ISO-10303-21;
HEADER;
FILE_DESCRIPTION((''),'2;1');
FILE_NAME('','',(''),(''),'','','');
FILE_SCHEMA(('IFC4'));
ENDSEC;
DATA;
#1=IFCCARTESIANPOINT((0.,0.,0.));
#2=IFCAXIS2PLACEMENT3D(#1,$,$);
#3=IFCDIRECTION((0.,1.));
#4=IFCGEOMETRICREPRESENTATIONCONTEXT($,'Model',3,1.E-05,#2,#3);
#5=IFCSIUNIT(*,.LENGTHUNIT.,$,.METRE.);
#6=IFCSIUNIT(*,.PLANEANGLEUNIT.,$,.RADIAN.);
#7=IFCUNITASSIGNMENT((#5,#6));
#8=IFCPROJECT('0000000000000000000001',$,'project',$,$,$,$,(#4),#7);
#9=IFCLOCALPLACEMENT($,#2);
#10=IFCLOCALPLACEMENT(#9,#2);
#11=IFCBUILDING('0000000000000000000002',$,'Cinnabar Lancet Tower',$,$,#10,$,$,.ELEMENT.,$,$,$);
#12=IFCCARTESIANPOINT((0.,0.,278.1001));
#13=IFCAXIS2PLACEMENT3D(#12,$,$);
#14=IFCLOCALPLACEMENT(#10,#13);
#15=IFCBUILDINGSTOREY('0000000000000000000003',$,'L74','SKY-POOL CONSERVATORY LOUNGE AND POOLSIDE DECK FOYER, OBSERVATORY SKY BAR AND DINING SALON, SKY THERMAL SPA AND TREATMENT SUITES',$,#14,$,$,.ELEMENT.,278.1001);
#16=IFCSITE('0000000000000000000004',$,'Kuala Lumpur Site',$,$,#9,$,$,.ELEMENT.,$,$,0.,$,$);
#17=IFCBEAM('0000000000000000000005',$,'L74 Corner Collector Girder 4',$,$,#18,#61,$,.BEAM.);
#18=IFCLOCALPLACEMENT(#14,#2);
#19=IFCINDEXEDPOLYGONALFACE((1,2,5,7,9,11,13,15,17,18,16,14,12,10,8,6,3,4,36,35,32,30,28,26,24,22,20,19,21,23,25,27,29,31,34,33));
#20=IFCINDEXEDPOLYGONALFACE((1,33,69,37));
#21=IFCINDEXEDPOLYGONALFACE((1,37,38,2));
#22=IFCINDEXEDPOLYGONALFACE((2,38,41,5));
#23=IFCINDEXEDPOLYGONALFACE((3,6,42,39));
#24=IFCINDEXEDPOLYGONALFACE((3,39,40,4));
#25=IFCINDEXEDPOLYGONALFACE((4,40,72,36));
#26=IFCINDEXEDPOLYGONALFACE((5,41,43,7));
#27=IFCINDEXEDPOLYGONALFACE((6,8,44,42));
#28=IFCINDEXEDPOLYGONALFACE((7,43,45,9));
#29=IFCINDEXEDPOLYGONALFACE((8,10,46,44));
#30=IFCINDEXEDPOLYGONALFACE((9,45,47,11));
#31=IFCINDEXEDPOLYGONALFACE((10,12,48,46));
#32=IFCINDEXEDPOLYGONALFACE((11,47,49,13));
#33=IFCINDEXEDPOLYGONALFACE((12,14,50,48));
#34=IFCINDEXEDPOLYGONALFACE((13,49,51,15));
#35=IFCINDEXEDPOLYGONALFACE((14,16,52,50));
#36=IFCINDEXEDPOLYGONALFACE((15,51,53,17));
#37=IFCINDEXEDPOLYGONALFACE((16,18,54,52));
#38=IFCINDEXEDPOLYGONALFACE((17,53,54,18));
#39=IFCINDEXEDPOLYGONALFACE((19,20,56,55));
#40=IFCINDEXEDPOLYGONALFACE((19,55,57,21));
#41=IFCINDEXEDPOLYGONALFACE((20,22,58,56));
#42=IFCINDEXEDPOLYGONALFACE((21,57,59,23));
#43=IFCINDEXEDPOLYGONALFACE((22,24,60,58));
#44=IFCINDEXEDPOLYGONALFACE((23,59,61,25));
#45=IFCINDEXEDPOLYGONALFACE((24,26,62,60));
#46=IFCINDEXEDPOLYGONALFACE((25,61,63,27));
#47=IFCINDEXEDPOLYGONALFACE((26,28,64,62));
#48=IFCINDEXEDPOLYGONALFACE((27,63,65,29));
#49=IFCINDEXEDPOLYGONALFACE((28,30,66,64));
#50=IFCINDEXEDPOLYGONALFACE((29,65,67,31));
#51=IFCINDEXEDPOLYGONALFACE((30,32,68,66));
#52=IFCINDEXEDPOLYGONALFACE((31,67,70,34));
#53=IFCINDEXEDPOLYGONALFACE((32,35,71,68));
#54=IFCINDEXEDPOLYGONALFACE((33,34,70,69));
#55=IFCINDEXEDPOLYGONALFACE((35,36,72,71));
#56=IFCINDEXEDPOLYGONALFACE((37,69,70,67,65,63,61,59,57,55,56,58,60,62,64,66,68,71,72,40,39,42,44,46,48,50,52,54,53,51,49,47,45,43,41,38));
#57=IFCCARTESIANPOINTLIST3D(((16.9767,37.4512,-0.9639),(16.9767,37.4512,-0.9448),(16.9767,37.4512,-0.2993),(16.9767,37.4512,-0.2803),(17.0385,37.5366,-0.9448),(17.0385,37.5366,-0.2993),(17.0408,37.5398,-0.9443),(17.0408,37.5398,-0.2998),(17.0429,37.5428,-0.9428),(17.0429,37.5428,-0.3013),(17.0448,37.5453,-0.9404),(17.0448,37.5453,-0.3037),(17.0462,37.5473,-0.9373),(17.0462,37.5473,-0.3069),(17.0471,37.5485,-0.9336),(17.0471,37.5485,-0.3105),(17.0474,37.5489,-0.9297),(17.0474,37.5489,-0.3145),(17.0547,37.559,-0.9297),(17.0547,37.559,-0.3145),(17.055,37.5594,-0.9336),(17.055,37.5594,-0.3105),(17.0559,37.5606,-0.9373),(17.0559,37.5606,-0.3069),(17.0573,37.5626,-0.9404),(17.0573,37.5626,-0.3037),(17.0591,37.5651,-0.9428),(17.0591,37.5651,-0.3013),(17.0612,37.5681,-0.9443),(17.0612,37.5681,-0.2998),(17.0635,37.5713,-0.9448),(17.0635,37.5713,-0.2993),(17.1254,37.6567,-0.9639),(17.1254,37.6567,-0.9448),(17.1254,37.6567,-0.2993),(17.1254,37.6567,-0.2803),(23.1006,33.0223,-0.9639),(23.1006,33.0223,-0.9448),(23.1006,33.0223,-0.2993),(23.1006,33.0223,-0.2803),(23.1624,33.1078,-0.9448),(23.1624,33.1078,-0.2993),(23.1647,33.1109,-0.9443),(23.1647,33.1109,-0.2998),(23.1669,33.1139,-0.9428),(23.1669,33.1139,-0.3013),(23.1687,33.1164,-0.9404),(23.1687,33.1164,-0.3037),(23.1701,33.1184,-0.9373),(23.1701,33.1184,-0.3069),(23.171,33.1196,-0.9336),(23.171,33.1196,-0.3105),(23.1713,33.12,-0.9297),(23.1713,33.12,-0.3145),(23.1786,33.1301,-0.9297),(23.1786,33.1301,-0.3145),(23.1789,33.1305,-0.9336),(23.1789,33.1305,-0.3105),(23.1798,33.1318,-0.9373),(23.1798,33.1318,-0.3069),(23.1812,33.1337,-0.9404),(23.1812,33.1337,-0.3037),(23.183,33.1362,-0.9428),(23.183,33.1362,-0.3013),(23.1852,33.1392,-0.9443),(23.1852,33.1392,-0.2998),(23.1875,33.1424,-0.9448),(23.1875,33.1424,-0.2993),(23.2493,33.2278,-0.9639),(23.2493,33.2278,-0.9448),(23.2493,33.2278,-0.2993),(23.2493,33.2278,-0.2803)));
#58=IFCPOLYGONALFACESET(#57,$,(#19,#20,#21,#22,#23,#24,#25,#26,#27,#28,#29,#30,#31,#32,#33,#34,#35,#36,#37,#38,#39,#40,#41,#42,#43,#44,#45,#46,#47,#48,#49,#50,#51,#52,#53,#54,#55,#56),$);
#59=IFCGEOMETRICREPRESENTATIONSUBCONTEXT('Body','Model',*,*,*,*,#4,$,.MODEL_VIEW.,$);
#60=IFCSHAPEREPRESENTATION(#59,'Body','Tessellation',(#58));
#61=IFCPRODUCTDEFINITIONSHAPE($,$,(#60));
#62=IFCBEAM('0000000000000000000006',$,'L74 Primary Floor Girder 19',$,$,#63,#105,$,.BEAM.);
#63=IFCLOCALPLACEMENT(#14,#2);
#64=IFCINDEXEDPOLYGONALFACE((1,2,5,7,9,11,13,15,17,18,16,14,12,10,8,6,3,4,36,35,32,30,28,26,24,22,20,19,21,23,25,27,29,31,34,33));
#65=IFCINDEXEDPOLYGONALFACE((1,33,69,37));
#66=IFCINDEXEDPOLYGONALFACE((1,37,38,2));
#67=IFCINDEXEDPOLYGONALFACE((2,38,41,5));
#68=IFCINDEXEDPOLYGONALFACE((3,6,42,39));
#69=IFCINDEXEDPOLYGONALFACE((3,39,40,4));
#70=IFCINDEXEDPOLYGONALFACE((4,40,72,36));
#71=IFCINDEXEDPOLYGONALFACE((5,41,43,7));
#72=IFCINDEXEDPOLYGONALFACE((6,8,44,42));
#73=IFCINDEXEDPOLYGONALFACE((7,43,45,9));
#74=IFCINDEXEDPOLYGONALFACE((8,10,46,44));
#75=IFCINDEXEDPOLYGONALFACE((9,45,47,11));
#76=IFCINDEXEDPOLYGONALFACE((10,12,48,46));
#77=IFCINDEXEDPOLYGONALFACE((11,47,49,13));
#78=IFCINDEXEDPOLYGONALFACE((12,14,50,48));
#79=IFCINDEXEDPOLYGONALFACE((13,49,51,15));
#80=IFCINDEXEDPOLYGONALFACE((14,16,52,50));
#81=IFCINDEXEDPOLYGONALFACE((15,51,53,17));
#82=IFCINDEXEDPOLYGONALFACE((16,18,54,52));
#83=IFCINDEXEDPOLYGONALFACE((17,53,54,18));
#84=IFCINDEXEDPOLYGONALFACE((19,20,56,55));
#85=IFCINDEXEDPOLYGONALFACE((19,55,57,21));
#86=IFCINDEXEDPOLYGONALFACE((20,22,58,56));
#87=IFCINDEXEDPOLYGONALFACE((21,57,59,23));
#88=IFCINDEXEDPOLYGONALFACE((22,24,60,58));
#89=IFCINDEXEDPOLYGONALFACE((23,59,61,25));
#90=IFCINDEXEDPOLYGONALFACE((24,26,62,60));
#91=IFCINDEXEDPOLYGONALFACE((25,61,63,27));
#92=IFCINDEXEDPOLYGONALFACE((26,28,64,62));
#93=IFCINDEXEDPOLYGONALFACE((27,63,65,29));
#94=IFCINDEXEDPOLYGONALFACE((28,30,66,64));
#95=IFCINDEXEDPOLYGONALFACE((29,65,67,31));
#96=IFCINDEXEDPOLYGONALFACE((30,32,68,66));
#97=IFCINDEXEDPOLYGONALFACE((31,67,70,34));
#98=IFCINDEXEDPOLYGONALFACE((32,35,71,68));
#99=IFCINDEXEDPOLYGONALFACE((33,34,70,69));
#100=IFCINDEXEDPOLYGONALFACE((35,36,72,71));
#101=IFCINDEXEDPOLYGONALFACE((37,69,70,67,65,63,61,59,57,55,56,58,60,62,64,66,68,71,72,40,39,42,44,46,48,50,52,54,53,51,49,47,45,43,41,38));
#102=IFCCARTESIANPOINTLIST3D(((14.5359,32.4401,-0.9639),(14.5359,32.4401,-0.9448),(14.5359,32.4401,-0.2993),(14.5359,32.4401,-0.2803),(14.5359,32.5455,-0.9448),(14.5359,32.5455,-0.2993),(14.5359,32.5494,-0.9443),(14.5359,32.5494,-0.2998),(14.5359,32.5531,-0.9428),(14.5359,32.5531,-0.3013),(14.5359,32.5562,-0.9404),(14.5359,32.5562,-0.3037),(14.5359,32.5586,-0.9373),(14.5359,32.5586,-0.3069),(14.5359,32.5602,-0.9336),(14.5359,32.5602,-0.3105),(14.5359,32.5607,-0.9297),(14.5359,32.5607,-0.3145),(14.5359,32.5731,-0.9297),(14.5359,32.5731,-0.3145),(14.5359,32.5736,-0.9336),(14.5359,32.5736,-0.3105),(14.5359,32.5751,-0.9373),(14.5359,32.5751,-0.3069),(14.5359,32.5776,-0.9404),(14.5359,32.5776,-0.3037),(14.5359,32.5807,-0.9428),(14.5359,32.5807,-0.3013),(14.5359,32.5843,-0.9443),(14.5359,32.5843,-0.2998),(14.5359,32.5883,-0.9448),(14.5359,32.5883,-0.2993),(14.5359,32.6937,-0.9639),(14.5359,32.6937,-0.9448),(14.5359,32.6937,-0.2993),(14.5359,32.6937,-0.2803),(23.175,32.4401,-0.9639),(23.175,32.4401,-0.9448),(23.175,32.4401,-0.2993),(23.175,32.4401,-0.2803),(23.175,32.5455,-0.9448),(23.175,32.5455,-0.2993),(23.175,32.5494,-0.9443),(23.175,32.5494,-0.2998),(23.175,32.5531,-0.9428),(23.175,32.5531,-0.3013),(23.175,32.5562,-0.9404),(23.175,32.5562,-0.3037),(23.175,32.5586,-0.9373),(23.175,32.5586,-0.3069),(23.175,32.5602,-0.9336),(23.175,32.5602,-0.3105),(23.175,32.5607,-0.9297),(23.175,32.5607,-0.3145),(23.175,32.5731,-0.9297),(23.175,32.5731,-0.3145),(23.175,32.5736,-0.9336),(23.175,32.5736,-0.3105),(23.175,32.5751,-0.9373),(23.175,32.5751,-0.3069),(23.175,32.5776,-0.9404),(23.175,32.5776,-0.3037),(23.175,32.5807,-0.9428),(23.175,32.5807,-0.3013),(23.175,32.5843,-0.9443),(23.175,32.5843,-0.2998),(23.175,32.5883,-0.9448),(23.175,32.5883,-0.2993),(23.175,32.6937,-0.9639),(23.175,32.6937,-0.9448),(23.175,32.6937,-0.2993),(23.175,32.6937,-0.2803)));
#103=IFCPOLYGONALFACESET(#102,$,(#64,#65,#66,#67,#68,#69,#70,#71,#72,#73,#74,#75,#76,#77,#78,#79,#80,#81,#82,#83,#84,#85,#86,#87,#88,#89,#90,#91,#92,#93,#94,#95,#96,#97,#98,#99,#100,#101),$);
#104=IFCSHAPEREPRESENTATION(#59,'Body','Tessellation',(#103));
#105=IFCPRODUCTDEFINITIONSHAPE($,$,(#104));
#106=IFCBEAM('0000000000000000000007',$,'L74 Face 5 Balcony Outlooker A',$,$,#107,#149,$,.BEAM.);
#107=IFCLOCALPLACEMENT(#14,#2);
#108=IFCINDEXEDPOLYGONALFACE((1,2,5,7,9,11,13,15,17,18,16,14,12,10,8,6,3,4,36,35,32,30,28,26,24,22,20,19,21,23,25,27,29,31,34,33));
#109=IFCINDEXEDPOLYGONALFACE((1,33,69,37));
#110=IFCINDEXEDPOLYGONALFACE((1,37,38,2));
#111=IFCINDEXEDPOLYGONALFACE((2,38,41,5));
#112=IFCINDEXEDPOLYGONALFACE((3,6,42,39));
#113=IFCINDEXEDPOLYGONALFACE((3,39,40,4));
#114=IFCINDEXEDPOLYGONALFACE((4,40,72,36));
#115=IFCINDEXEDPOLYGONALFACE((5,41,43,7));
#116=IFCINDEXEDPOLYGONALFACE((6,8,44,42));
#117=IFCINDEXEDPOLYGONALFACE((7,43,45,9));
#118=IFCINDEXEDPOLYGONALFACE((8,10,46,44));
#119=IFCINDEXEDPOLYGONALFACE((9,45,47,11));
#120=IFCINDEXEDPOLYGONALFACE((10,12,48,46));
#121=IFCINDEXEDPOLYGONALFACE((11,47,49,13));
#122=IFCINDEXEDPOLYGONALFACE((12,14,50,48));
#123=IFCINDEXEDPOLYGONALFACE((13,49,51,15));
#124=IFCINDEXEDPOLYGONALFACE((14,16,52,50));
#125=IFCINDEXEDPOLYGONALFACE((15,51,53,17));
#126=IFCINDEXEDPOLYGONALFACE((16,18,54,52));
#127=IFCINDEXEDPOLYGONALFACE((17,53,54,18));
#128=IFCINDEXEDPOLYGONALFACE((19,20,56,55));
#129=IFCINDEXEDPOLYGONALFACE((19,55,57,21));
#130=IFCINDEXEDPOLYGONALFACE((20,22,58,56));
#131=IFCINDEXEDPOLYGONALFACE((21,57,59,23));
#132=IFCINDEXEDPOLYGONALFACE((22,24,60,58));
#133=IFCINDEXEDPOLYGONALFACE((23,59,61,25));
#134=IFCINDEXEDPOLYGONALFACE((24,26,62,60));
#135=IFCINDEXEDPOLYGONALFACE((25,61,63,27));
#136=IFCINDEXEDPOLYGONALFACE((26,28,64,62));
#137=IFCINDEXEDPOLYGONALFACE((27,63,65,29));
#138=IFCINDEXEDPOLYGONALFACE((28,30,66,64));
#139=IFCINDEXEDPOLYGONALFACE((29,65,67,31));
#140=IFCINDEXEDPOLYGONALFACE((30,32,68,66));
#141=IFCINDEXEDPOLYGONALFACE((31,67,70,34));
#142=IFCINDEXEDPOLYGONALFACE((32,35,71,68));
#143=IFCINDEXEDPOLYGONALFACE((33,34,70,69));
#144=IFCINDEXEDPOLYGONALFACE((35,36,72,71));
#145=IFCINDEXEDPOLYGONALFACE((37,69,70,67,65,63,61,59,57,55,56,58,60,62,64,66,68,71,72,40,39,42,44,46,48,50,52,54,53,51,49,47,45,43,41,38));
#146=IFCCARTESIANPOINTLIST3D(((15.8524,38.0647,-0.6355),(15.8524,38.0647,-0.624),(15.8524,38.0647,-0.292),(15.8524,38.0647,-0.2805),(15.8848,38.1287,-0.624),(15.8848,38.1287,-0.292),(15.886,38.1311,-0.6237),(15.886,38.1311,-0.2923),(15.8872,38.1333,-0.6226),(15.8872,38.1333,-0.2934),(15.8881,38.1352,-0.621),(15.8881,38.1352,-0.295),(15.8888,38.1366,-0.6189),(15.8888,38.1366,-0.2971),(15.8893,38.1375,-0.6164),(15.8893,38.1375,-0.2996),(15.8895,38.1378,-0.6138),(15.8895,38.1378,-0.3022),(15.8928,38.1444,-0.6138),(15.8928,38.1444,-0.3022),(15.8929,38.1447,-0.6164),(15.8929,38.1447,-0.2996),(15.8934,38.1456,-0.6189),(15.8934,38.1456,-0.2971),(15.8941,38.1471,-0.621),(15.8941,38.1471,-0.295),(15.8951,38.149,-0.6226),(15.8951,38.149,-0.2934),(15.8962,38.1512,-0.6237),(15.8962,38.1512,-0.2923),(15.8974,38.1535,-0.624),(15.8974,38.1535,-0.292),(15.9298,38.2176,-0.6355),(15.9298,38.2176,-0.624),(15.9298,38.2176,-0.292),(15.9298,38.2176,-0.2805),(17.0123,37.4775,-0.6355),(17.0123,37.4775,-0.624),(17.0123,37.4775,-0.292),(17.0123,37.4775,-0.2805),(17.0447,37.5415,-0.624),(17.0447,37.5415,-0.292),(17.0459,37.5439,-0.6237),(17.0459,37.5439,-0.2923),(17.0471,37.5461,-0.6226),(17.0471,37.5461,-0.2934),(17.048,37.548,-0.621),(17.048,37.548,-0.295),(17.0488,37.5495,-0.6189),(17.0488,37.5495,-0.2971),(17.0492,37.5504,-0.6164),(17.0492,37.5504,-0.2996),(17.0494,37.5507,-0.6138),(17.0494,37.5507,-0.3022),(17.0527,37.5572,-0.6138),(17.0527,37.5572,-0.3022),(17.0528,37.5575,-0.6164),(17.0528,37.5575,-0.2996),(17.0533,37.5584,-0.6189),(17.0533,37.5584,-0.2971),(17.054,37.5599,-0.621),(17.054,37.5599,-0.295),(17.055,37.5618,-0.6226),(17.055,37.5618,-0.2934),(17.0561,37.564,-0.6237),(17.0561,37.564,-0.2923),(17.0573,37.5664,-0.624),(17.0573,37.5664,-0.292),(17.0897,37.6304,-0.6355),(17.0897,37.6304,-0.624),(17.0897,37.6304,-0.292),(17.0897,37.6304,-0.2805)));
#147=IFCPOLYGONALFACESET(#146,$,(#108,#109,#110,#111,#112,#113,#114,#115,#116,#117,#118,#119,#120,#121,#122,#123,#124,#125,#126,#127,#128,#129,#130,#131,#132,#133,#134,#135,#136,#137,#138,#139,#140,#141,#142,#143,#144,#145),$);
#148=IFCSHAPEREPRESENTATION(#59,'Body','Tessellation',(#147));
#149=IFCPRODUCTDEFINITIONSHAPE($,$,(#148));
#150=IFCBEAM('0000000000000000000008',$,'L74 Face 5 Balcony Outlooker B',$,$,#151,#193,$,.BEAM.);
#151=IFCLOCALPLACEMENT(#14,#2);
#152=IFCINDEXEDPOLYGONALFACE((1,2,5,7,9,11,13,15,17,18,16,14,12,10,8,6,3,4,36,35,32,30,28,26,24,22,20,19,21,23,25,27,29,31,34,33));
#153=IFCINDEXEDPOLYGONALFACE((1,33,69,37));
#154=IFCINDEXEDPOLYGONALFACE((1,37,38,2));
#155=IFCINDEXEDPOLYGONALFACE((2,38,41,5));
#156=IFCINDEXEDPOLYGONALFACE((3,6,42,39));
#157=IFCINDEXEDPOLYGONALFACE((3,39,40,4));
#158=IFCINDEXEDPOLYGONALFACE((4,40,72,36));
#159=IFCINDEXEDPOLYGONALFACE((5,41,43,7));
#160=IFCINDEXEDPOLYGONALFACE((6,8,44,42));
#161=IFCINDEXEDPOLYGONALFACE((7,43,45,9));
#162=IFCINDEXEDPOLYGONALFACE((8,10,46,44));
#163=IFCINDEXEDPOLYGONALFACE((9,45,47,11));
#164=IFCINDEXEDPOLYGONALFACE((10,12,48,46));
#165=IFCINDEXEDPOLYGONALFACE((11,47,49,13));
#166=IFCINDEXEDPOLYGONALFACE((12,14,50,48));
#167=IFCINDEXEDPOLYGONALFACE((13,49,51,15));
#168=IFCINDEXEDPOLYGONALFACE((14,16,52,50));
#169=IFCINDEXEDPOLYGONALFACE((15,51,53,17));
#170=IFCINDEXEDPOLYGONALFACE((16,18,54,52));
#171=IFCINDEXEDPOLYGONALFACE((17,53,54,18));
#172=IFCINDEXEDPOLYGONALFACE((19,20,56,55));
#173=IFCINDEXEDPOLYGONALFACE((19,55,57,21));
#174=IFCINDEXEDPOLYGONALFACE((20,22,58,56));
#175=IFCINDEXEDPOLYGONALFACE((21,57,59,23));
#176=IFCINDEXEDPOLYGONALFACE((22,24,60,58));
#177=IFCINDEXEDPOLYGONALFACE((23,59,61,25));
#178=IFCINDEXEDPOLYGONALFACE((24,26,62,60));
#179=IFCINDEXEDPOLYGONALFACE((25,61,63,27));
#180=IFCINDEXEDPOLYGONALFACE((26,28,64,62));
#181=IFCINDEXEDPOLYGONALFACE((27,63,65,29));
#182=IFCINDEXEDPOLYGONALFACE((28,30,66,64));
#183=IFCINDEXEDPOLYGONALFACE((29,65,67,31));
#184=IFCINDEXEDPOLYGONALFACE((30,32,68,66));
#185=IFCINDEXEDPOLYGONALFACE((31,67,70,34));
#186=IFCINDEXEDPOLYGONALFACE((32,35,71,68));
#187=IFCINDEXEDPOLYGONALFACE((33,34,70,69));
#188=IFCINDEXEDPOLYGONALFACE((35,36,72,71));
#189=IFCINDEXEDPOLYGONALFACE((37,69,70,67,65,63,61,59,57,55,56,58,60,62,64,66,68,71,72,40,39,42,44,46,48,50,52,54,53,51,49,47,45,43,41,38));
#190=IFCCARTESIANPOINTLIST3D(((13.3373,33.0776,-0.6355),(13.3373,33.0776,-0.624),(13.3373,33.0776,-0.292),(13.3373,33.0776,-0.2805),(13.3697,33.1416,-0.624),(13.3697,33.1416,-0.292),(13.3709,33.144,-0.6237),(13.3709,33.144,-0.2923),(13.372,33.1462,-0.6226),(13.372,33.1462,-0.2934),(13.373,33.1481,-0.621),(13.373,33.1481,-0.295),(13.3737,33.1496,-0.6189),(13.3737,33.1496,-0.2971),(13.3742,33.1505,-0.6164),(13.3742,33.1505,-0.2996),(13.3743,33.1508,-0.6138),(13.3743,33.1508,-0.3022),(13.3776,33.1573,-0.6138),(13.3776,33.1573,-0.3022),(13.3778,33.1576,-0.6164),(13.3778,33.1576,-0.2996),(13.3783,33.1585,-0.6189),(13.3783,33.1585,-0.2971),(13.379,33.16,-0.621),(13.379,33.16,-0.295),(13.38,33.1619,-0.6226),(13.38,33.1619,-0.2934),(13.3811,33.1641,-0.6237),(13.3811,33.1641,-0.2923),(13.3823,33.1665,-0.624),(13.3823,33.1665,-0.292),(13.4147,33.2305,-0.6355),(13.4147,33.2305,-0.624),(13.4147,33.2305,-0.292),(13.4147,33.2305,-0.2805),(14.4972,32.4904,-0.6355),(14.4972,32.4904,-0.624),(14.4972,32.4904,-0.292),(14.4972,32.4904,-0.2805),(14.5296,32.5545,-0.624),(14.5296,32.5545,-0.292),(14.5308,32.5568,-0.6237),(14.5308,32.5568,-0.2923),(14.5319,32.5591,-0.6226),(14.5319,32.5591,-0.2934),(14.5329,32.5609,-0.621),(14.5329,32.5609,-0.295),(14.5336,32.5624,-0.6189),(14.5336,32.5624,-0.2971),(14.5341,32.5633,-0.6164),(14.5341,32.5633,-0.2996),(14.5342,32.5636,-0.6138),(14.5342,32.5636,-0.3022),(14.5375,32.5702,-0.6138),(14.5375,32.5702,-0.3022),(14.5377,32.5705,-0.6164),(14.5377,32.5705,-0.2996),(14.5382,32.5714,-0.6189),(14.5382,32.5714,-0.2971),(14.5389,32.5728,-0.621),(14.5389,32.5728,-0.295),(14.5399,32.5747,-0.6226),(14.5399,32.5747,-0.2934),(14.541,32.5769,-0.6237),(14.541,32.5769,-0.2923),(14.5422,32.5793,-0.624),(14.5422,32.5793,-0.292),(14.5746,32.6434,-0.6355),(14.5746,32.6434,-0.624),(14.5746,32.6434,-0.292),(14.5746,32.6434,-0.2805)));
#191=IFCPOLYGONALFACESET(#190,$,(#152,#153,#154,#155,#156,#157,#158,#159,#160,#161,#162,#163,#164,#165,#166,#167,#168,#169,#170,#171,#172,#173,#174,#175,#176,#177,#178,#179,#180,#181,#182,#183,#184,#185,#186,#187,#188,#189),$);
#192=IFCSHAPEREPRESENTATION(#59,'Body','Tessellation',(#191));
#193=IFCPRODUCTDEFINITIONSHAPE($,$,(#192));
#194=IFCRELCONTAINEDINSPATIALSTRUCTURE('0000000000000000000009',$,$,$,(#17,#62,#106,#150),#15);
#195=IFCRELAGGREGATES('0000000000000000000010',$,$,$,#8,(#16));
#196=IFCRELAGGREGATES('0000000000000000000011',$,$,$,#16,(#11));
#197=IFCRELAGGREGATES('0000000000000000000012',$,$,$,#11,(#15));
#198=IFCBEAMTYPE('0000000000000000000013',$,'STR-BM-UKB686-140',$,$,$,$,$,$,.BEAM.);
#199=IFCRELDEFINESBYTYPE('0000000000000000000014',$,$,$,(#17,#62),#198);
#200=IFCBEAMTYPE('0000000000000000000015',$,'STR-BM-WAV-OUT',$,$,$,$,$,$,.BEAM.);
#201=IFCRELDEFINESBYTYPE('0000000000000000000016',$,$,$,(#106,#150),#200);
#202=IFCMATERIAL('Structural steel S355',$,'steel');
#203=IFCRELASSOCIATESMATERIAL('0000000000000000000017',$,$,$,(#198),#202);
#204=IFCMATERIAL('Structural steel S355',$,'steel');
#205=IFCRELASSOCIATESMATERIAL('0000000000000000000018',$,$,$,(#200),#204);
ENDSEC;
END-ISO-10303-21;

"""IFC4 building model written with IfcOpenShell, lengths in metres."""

from ifc_helpers import new_model, si_unit, direction, frame, origin, origin_2d, place, context, subcontext, project, spatial, i_section, extrude, material, material_profile, profile_set, type_object, element, save


model = new_model("IFC4")

# Units and contexts
model_context = context("Model", 3, precision=1e-05, world=origin(), true_north=direction((0.0, 1.0)))
body_context = subcontext(model_context, "Body", "Model", "MODEL_VIEW")
ifc_project = project(units=[si_unit("LENGTHUNIT", "METRE"), si_unit("PLANEANGLEUNIT", "RADIAN")], contexts=[model_context])

# Site, building, storey
site_placement = place(None, origin())
site = spatial("IfcSite", under=ifc_project, at=site_placement, Name="Kuala Lumpur Site", CompositionType="ELEMENT", RefElevation=0.0)
building_placement = place(site_placement, origin())
building = spatial("IfcBuilding", under=site, at=building_placement, Name="Cinnabar Lancet Tower", CompositionType="ELEMENT")
storey_placement = place(building_placement, frame((0.0, 0.0, 278.1001)))
storey = spatial("IfcBuildingStorey", under=building, at=storey_placement, Name="L74", Description="SKY-POOL CONSERVATORY LOUNGE AND POOLSIDE DECK FOYER, OBSERVATORY SKY BAR AND DINING SALON, SKY THERMAL SPA AND TREATMENT SUITES", CompositionType="ELEMENT", Elevation=278.1001)

# Beams
ifc_material_1 = material(Name="Structural steel S355", Category="steel")
ifc_material_profile_1 = material_profile(ifc_material_1, i_section(OverallWidth=0.2537, OverallDepth=0.6836, WebThickness=0.0125, FlangeThickness=0.019, FilletRadius=0.0151, at=origin_2d()), Name="UKB 686x254x140")
ifc_profile_set_1 = profile_set([ifc_material_profile_1], Name="Structural steel S355")
beam_type_1 = type_object("IfcBeamType", Name="STR-BM-UKB686-140", PredefinedType="BEAM", material=ifc_profile_set_1)
beam_1_placement = place(storey_placement, frame((17.051, 37.554, -0.6221), z_axis=(0.810299, -0.586016, 0.0), x_axis=(0.586016, 0.810299, 0.0)))
element("IfcBeam", 1, at=beam_1_placement, inside=storey, type_object=beam_type_1, Name="L74 Corner Collector Girder 4", PredefinedType="BEAM", context=body_context, shape_type="SweptSolid", body=[
    extrude(i_section(OverallWidth=0.2537, OverallDepth=0.6836, WebThickness=0.0125, FlangeThickness=0.019, FilletRadius=0.0151, at=origin_2d()), origin(), (0.0, 0.0, 1.0), 7.5576),
])
beam_2_placement = place(storey_placement, frame((14.5359, 32.5669, -0.6221), z_axis=(1.0, 0.0, 0.0), x_axis=(0.0, 1.0, 0.0)))
element("IfcBeam", 2, at=beam_2_placement, inside=storey, type_object=beam_type_1, Name="L74 Primary Floor Girder 19", PredefinedType="BEAM", context=body_context, shape_type="SweptSolid", body=[
    extrude(i_section(OverallWidth=0.2537, OverallDepth=0.6836, WebThickness=0.0125, FlangeThickness=0.019, FilletRadius=0.0151, at=origin_2d()), origin(), (0.0, 0.0, 1.0), 8.6392),
])
ifc_material_2 = material(Name="Structural steel S355", Category="steel")
ifc_material_profile_2 = material_profile(ifc_material_2, i_section(OverallWidth=0.1714, OverallDepth=0.355, WebThickness=0.0073, FlangeThickness=0.0115, FilletRadius=0.0103, at=origin_2d()), Name="UKB 356x171x51")
ifc_profile_set_2 = profile_set([ifc_material_profile_2], Name="Structural steel S355")
beam_type_2 = type_object("IfcBeamType", Name="STR-BM-WAV-OUT", PredefinedType="BEAM", material=ifc_profile_set_2)
for number, where, z_axis, x_axis, name in (
    (3, (17.051, 37.554, -0.458), (-0.8922, 0.45164, 0.0), (-0.45164, -0.8922, 0.0), "L74 Face 5 Balcony Outlooker A"),
    (4, (14.5359, 32.5669, -0.458), (-0.8922, 0.45164, 0.0), (-0.45164, -0.8922, 0.0), "L74 Face 5 Balcony Outlooker B"),
):
    element("IfcBeam", number, at=place(storey_placement, frame(where, z_axis=z_axis, x_axis=x_axis)), inside=storey, type_object=beam_type_2, Name=name, PredefinedType="BEAM", context=body_context, shape_type="SweptSolid", body=[
        extrude(i_section(OverallWidth=0.1714, OverallDepth=0.355, WebThickness=0.0073, FlangeThickness=0.0115, FilletRadius=0.0103, at=origin_2d()), origin(), (0.0, 0.0, 1.0), 1.3),
    ])

save(model, "model.ifc")
